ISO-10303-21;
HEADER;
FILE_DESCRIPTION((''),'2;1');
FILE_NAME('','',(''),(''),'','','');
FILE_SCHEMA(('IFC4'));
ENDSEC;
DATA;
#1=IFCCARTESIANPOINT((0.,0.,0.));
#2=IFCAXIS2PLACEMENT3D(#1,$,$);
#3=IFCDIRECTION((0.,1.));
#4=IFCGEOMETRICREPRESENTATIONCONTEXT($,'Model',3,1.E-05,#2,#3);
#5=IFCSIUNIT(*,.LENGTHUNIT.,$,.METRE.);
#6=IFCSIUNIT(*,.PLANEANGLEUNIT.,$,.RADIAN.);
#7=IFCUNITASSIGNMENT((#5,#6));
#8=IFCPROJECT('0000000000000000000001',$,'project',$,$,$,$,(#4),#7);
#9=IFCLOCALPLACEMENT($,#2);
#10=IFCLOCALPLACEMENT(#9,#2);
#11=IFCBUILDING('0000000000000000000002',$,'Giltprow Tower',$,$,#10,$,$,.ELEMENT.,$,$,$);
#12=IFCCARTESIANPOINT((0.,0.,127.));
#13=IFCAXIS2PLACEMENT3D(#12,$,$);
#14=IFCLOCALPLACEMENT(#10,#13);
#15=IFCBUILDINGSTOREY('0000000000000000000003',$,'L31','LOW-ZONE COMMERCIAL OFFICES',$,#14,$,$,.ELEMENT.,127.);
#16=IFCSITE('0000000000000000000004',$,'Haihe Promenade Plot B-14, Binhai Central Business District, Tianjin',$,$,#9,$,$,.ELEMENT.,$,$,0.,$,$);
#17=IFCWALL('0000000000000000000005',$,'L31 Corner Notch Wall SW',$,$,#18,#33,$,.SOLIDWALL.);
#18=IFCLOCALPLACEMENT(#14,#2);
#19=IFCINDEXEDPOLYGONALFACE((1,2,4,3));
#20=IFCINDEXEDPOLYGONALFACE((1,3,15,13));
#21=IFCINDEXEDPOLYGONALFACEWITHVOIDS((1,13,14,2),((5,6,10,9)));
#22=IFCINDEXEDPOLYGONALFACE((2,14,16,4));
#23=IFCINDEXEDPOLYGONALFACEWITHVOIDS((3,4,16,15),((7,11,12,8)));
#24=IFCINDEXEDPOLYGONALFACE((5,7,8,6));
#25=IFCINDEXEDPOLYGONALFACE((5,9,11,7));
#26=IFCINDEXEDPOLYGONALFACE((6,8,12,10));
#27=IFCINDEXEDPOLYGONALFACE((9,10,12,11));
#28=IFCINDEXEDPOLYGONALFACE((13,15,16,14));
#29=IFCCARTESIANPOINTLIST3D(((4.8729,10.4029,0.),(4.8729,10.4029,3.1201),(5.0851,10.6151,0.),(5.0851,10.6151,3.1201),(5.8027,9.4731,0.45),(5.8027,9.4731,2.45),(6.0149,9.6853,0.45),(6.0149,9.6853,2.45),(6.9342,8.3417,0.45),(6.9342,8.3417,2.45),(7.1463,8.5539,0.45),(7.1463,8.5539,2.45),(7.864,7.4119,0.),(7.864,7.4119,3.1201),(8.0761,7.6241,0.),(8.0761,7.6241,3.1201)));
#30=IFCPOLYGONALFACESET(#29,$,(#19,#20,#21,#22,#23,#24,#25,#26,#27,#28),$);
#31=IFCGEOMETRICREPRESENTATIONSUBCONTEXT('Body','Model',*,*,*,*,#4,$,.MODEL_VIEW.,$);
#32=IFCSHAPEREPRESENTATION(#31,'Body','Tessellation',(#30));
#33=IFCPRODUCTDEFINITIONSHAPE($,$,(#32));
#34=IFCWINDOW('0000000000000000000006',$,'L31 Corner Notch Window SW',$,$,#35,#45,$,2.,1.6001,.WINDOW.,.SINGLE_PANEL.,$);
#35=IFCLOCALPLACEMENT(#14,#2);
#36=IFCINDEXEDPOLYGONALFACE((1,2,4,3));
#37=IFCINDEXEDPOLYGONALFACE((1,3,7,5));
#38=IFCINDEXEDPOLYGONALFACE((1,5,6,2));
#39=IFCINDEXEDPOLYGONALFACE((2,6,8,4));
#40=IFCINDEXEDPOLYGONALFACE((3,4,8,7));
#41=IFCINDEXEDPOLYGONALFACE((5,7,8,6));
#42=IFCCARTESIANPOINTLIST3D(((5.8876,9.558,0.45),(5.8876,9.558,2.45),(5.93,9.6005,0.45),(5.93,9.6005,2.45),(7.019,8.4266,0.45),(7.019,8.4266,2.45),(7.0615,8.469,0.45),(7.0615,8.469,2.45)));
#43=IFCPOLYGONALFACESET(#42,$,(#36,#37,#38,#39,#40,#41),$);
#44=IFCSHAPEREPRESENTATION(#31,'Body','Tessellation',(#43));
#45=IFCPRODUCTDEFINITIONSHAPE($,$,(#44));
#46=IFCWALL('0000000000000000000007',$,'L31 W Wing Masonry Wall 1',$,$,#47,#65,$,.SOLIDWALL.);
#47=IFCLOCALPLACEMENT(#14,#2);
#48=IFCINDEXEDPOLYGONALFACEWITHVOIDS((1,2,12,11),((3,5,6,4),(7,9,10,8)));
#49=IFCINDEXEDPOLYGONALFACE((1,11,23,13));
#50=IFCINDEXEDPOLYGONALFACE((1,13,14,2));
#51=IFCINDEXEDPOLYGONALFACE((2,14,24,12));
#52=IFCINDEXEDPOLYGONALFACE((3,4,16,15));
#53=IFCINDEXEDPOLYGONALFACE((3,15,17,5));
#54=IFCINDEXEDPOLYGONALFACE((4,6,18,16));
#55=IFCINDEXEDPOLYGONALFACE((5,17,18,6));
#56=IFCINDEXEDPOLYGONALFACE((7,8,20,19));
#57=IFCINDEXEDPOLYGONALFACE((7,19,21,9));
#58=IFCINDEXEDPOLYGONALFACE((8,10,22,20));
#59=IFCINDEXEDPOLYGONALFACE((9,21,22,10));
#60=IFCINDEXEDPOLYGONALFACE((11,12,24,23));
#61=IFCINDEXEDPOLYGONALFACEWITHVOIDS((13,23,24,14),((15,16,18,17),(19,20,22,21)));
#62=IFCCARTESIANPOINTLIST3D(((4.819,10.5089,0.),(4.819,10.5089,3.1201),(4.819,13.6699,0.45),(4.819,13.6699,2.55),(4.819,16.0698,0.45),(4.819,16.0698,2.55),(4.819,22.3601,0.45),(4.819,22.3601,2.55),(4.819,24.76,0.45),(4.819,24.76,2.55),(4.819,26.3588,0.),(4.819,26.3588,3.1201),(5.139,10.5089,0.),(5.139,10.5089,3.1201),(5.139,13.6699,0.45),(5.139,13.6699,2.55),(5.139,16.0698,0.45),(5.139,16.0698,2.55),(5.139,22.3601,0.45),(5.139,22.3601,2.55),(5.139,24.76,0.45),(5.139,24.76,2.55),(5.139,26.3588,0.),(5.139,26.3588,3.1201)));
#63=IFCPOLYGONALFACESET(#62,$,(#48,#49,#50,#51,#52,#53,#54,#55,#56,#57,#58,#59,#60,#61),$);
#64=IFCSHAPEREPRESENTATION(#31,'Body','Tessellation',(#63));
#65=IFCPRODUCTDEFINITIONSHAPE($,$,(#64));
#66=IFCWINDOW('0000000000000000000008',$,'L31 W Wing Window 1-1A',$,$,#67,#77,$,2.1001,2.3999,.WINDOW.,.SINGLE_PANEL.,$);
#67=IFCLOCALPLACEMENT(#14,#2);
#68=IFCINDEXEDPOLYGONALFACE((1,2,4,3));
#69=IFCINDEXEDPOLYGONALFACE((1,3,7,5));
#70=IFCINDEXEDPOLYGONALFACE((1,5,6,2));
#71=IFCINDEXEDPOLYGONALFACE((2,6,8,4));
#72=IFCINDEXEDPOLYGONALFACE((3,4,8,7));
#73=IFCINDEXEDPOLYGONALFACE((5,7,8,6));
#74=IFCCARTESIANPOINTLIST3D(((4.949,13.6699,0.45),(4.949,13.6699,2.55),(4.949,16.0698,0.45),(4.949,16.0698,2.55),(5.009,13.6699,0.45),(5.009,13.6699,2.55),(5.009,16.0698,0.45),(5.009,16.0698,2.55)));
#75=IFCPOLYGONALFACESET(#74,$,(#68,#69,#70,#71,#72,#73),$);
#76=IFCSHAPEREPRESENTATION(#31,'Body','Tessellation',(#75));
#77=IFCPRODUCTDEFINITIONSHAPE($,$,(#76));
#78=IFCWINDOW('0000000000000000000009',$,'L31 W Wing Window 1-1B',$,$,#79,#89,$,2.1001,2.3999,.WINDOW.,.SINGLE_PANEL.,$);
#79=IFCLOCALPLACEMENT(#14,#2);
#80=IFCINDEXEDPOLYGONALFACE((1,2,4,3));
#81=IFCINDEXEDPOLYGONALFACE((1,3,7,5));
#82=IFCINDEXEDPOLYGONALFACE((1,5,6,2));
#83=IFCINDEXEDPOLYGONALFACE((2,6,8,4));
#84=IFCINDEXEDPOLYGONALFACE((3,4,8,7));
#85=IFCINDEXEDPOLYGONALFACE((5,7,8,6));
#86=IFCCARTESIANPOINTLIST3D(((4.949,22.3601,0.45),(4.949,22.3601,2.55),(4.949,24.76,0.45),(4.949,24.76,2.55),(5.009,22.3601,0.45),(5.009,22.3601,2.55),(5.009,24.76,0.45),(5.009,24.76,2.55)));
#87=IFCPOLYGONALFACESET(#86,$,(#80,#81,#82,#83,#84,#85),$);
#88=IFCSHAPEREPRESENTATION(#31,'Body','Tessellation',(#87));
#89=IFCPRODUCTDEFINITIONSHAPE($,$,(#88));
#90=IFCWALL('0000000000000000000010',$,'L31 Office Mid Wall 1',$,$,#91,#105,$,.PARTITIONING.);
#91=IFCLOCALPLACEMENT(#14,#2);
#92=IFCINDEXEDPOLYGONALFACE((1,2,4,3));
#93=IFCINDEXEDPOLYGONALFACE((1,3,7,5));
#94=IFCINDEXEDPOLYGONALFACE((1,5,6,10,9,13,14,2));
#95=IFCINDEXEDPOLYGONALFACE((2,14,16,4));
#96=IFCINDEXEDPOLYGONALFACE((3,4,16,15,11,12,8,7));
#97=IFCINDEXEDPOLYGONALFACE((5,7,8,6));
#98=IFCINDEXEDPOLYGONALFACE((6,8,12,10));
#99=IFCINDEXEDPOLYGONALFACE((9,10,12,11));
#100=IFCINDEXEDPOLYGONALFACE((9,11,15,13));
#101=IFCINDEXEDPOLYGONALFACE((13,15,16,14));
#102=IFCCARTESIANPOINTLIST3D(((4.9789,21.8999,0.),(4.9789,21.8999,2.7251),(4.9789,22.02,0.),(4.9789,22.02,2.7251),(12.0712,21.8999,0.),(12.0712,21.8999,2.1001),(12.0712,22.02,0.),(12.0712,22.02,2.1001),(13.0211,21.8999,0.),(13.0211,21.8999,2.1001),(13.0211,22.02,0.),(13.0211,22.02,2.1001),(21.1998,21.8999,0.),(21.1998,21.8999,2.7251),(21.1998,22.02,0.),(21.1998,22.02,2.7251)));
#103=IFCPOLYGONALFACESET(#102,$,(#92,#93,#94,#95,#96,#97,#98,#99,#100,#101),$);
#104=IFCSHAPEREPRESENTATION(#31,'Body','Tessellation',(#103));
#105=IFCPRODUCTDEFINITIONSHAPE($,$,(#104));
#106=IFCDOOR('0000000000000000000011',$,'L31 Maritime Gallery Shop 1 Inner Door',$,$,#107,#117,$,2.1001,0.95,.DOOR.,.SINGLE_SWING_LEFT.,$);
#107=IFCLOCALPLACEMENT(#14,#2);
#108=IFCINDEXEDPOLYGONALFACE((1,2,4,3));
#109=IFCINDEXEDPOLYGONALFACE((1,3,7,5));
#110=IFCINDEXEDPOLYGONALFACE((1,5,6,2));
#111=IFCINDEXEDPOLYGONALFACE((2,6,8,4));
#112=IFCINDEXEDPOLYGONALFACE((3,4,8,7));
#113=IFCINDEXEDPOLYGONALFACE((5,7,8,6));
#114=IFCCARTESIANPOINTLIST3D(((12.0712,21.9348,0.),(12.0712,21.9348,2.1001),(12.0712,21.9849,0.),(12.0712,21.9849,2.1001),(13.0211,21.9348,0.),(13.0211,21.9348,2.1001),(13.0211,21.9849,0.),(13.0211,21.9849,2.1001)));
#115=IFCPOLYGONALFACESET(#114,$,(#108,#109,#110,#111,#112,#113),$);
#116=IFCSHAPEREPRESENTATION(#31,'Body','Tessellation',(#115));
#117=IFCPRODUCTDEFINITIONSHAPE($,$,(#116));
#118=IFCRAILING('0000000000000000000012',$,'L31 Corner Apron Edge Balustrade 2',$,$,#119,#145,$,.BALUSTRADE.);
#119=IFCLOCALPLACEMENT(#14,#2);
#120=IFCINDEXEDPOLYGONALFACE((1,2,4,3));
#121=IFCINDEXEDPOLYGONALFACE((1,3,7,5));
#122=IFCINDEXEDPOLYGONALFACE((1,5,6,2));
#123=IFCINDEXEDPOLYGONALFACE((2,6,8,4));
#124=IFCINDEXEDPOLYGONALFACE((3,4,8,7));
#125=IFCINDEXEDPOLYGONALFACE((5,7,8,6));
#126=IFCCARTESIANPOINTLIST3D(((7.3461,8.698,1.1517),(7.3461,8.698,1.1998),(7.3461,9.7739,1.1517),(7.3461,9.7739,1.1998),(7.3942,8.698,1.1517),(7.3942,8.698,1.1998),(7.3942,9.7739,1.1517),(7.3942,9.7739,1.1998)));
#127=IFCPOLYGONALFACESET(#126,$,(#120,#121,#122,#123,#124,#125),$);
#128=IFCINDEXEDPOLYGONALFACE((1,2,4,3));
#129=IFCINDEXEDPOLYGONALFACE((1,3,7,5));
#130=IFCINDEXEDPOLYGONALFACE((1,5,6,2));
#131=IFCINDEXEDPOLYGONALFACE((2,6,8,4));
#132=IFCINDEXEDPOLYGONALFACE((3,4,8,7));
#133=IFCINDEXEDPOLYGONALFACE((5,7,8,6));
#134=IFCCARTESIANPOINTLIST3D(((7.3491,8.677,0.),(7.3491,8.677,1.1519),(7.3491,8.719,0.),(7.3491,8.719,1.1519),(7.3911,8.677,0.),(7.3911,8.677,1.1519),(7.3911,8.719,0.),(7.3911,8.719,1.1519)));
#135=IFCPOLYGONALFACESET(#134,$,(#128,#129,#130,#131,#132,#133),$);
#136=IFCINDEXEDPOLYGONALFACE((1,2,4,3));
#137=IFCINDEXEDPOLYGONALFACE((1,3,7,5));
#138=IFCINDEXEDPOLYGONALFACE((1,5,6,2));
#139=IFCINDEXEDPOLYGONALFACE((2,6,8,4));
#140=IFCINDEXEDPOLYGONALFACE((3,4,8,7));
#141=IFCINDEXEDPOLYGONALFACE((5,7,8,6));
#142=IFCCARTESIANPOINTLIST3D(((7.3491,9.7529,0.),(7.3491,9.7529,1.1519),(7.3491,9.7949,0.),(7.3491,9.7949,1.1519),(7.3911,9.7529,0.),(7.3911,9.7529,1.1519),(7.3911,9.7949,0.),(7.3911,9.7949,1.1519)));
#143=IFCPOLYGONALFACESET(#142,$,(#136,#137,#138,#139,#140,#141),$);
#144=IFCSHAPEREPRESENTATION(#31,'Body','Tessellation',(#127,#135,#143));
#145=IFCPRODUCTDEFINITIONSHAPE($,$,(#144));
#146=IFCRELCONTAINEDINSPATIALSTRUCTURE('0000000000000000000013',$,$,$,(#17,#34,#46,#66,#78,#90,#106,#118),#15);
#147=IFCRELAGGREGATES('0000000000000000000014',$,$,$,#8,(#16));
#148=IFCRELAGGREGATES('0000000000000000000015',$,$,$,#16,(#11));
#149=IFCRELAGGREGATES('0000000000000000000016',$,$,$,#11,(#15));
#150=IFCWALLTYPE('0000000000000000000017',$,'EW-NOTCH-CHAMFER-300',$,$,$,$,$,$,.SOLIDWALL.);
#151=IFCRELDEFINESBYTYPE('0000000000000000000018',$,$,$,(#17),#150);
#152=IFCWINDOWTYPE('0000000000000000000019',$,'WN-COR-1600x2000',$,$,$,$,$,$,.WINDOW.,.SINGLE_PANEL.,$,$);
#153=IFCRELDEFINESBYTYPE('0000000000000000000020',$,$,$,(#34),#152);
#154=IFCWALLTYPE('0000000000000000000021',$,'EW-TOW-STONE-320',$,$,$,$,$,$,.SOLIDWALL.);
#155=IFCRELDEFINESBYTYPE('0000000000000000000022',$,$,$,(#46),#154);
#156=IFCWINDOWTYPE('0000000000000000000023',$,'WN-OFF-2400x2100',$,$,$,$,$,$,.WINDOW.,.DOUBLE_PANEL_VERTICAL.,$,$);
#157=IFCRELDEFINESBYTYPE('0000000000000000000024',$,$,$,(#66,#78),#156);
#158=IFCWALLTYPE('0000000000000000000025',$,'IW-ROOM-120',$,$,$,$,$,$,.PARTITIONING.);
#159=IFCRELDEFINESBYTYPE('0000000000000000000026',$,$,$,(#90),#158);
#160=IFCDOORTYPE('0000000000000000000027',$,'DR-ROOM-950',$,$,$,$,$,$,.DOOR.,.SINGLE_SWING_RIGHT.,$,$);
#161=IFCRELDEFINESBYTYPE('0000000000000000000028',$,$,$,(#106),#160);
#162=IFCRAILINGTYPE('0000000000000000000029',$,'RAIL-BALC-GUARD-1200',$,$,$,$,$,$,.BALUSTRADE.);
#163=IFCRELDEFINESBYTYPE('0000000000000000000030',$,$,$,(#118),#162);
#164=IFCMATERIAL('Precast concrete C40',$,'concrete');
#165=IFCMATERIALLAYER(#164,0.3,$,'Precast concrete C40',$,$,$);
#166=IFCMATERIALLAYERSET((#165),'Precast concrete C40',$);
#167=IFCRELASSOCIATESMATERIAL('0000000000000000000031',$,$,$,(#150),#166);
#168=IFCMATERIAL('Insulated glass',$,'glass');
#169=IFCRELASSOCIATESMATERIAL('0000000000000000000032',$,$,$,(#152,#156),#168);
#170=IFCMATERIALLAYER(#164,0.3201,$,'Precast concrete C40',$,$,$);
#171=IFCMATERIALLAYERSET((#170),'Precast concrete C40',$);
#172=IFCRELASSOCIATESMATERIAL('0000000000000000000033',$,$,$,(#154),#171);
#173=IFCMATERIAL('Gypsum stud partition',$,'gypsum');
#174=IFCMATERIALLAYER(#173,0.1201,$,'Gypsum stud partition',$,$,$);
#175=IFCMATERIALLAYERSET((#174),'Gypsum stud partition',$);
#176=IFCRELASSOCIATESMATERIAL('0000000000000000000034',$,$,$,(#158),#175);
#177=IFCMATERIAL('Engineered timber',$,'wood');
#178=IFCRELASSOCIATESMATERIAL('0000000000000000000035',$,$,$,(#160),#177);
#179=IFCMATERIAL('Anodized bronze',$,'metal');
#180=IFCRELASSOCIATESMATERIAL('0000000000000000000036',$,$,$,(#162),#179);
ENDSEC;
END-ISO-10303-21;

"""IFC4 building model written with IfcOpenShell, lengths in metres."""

from ifc_helpers import new_model, si_unit, direction, frame, frame_2d, origin, origin_2d, place, context, subcontext, project, spatial, rectangle, extrude, source, transform, mapped, material, layer, layer_set, type_object, element, fill, save


model = new_model("IFC4")

# Units and contexts
model_context = context("Model", 3, precision=1e-05, world=origin(), true_north=direction((0.0, 1.0)))
body_context = subcontext(model_context, "Body", "Model", "MODEL_VIEW")
ifc_project = project(units=[si_unit("LENGTHUNIT", "METRE"), si_unit("PLANEANGLEUNIT", "RADIAN")], contexts=[model_context])

# Site, building, storey
site_placement = place(None, origin())
site = spatial("IfcSite", under=ifc_project, at=site_placement, Name="Haihe Promenade Plot B-14, Binhai Central Business District, Tianjin", CompositionType="ELEMENT", RefElevation=0.0)
building_placement = place(site_placement, origin())
building = spatial("IfcBuilding", under=site, at=building_placement, Name="Giltprow Tower", CompositionType="ELEMENT")
storey_placement = place(building_placement, frame((0.0, 0.0, 127.0)))
storey = spatial("IfcBuildingStorey", under=building, at=storey_placement, Name="L31", Description="LOW-ZONE COMMERCIAL OFFICES", CompositionType="ELEMENT", Elevation=127.0)

# Shared definitions
ifc_material_1 = material(Name="Anodized bronze", Category="metal")
ifc_material_2 = material(Name="Insulated glass", Category="glass")

# Wall, opening, window
ifc_material_3 = material(Name="Precast concrete C40", Category="concrete")
ifc_layer_1 = layer(ifc_material_3, 0.3, Name="Precast concrete C40")
ifc_layer_set_1 = layer_set([ifc_layer_1], Name="Precast concrete C40")
wall_type_1 = type_object("IfcWallType", Name="EW-NOTCH-CHAMFER-300", PredefinedType="SOLIDWALL", material=ifc_layer_set_1)
wall_1_placement = place(storey_placement, frame((4.979, 10.509, 0.0), z_axis=(0.0, 0.0, 1.0), x_axis=(0.707107, -0.707107, 0.0)))
wall_1 = element("IfcWall", 1, at=wall_1_placement, inside=storey, type_object=wall_type_1, Name="L31 Corner Notch Wall SW", PredefinedType="SOLIDWALL", context=body_context, shape_type="SweptSolid", body=[
    extrude(rectangle(XDim=4.23, YDim=0.3, at=frame_2d((2.115, 0.0))), origin(), (0.0, 0.0, 1.0), 3.1201),
])
opening_1_placement = place(wall_1_placement, frame((1.3149, 0.0, 0.45)))
opening_1 = element("IfcOpeningElement", 2, at=opening_1_placement, cuts=wall_1, PredefinedType="OPENING", context=body_context, shape_type="SweptSolid", body=[
    extrude(rectangle(XDim=1.6001, YDim=2.0, at=frame_2d((0.8, 1.0))), frame((0.0, 0.1599, 0.0), z_axis=(0.0, -1.0, 0.0), x_axis=(1.0, 0.0, 0.0)), (0.0, 0.0, 1.0), 0.3201),
])
window_type_1 = type_object("IfcWindowType", Name="WN-COR-1600x2000", PartitioningType="SINGLE_PANEL", PredefinedType="WINDOW", material=ifc_material_2)
shared_shape_1 = source(origin(), body_context, "Body", "SweptSolid", [
    extrude(rectangle(XDim=1.6001, YDim=2.0, at=frame_2d((0.8, 1.0))), frame((0.0, 0.03, 0.0), z_axis=(0.0, -1.0, 0.0), x_axis=(1.0, 0.0, 0.0)), (0.0, 0.0, 1.0), 0.0601),
])
window_1_placement = place(opening_1_placement, origin())
window_1 = element("IfcWindow", 3, at=window_1_placement, inside=storey, type_object=window_type_1, Name="L31 Corner Notch Window SW", OverallHeight=2.0, OverallWidth=1.6001, PartitioningType="SINGLE_PANEL", PredefinedType="WINDOW", context=body_context, shape_type="MappedRepresentation", body=[
    mapped(shared_shape_1, transform((0.0, 0.0, 0.0), x_axis=(1.0, 0.0, 0.0), y_axis=(0.0, 1.0, 0.0), z_axis=(0.0, 0.0, 1.0), scale=1.0)),
])
fill(opening_1, window_1)

# Wall, openings, windows
ifc_layer_2 = layer(ifc_material_3, 0.3201, Name="Precast concrete C40")
ifc_layer_set_2 = layer_set([ifc_layer_2], Name="Precast concrete C40")
wall_type_2 = type_object("IfcWallType", Name="EW-TOW-STONE-320", PredefinedType="SOLIDWALL", material=ifc_layer_set_2)
wall_2_placement = place(storey_placement, frame((4.979, 10.509, 0.0), z_axis=(0.0, 0.0, 1.0), x_axis=(0.0, 1.0, 0.0)))
wall_2 = element("IfcWall", 4, at=wall_2_placement, inside=storey, type_object=wall_type_2, Name="L31 W Wing Masonry Wall 1", PredefinedType="SOLIDWALL", context=body_context, shape_type="SweptSolid", body=[
    extrude(rectangle(XDim=15.8499, YDim=0.3201, at=frame_2d((7.9248, 0.0))), origin(), (0.0, 0.0, 1.0), 3.1201),
])
opening_2_placement = place(wall_2_placement, frame((3.1609, 0.0, 0.45)))
opening_2 = element("IfcOpeningElement", 5, at=opening_2_placement, cuts=wall_2, PredefinedType="OPENING", context=body_context, shape_type="SweptSolid", body=[
    extrude(rectangle(XDim=2.3999, YDim=2.1001, at=frame_2d((1.2, 1.05))), frame((0.0, 0.1699, 0.0), z_axis=(0.0, -1.0, 0.0), x_axis=(1.0, 0.0, 0.0)), (0.0, 0.0, 1.0), 0.3401),
])
opening_3_placement = place(wall_2_placement, frame((11.8511, 0.0, 0.45)))
opening_3 = element("IfcOpeningElement", 6, at=opening_3_placement, cuts=wall_2, PredefinedType="OPENING", context=body_context, shape_type="SweptSolid", body=[
    extrude(rectangle(XDim=2.3999, YDim=2.1001, at=frame_2d((1.2, 1.05))), frame((0.0, 0.1699, 0.0), z_axis=(0.0, -1.0, 0.0), x_axis=(1.0, 0.0, 0.0)), (0.0, 0.0, 1.0), 0.3401),
])
window_type_2 = type_object("IfcWindowType", Name="WN-OFF-2400x2100", PartitioningType="DOUBLE_PANEL_VERTICAL", PredefinedType="WINDOW", material=ifc_material_2)
shared_shape_2 = source(origin(), body_context, "Body", "SweptSolid", [
    extrude(rectangle(XDim=2.3999, YDim=2.1001, at=frame_2d((1.2, 1.05))), frame((0.0, 0.03, 0.0), z_axis=(0.0, -1.0, 0.0), x_axis=(1.0, 0.0, 0.0)), (0.0, 0.0, 1.0), 0.0601),
])
window_2_placement = place(opening_2_placement, origin())
window_2 = element("IfcWindow", 7, at=window_2_placement, inside=storey, type_object=window_type_2, Name="L31 W Wing Window 1-1A", OverallHeight=2.1001, OverallWidth=2.3999, PartitioningType="SINGLE_PANEL", PredefinedType="WINDOW", context=body_context, shape_type="MappedRepresentation", body=[
    mapped(shared_shape_2, transform((0.0, 0.0, 0.0), x_axis=(1.0, 0.0, 0.0), y_axis=(0.0, 1.0, 0.0), z_axis=(0.0, 0.0, 1.0), scale=1.0)),
])
fill(opening_2, window_2)
window_3_placement = place(opening_3_placement, origin())
window_3 = element("IfcWindow", 8, at=window_3_placement, inside=storey, type_object=window_type_2, Name="L31 W Wing Window 1-1B", OverallHeight=2.1001, OverallWidth=2.3999, PartitioningType="SINGLE_PANEL", PredefinedType="WINDOW", context=body_context, shape_type="MappedRepresentation", body=[
    mapped(shared_shape_2, transform((0.0, 0.0, 0.0), x_axis=(1.0, 0.0, 0.0), y_axis=(0.0, 1.0, 0.0), z_axis=(0.0, 0.0, 1.0), scale=1.0)),
])
fill(opening_3, window_3)

# Wall, opening, door
ifc_material_4 = material(Name="Gypsum stud partition", Category="gypsum")
ifc_layer_3 = layer(ifc_material_4, 0.1201, Name="Gypsum stud partition")
ifc_layer_set_3 = layer_set([ifc_layer_3], Name="Gypsum stud partition")
wall_type_3 = type_object("IfcWallType", Name="IW-ROOM-120", PredefinedType="PARTITIONING", material=ifc_layer_set_3)
wall_3_placement = place(storey_placement, frame((4.979, 21.96, 0.0), z_axis=(0.0, 0.0, 1.0), x_axis=(1.0, 0.0, 0.0)))
wall_3 = element("IfcWall", 9, at=wall_3_placement, inside=storey, type_object=wall_type_3, Name="L31 Office Mid Wall 1", PredefinedType="PARTITIONING", context=body_context, shape_type="SweptSolid", body=[
    extrude(rectangle(XDim=16.2209, YDim=0.1201, at=frame_2d((8.1104, 0.0))), origin(), (0.0, 0.0, 1.0), 2.7251),
])
opening_4_placement = place(wall_3_placement, frame((7.092, 0.0, 0.0)))
opening_4 = element("IfcOpeningElement", 10, at=opening_4_placement, cuts=wall_3, PredefinedType="OPENING", context=body_context, shape_type="SweptSolid", body=[
    extrude(rectangle(XDim=0.95, YDim=2.1001, at=frame_2d((0.4751, 1.05))), frame((0.0, 0.0701, 0.0), z_axis=(0.0, -1.0, 0.0), x_axis=(1.0, 0.0, 0.0)), (0.0, 0.0, 1.0), 0.1401),
])
ifc_material_5 = material(Name="Engineered timber", Category="wood")
door_type = type_object("IfcDoorType", Name="DR-ROOM-950", OperationType="SINGLE_SWING_RIGHT", PredefinedType="DOOR", material=ifc_material_5)
shared_shape_3 = source(origin(), body_context, "Body", "SweptSolid", [
    extrude(rectangle(XDim=0.95, YDim=2.1001, at=frame_2d((0.4751, 1.05))), frame((0.0, 0.0249, 0.0), z_axis=(0.0, -1.0, 0.0), x_axis=(1.0, 0.0, 0.0)), (0.0, 0.0, 1.0), 0.05),
])
door_placement = place(opening_4_placement, origin())
door = element("IfcDoor", 11, at=door_placement, inside=storey, type_object=door_type, Name="L31 Maritime Gallery Shop 1 Inner Door", OperationType="SINGLE_SWING_LEFT", OverallHeight=2.1001, OverallWidth=0.95, PredefinedType="DOOR", context=body_context, shape_type="MappedRepresentation", body=[
    mapped(shared_shape_3, transform((0.0, 0.0, 0.0), x_axis=(1.0, 0.0, 0.0), y_axis=(0.0, 1.0, 0.0), z_axis=(0.0, 0.0, 1.0), scale=1.0)),
])
fill(opening_4, door)

# Railing
railing_type = type_object("IfcRailingType", Name="RAIL-BALC-GUARD-1200", PredefinedType="BALUSTRADE", material=ifc_material_1)
railing_1_placement = place(storey_placement, frame((7.3701, 8.698, 0.0)))
element("IfcRailing", 12, at=railing_1_placement, inside=storey, type_object=railing_type, Name="L31 Corner Apron Edge Balustrade 2", PredefinedType="BALUSTRADE", context=body_context, shape_type="SweptSolid", body=[
    extrude(rectangle(XDim=0.0481, YDim=0.0481, at=origin_2d()), frame((0.0, 0.0, 1.1758), z_axis=(0.0, 1.0, 0.0), x_axis=(-1.0, 0.0, 0.0)), (0.0, 0.0, 1.0), 1.0759),
    extrude(rectangle(XDim=0.042, YDim=0.042, at=origin_2d()), origin(), (0.0, 0.0, 1.0), 1.1519),
    extrude(rectangle(XDim=0.042, YDim=0.042, at=origin_2d()), frame((0.0, 1.0759, 0.0)), (0.0, 0.0, 1.0), 1.1519),
])

save(model, "model.ifc")
